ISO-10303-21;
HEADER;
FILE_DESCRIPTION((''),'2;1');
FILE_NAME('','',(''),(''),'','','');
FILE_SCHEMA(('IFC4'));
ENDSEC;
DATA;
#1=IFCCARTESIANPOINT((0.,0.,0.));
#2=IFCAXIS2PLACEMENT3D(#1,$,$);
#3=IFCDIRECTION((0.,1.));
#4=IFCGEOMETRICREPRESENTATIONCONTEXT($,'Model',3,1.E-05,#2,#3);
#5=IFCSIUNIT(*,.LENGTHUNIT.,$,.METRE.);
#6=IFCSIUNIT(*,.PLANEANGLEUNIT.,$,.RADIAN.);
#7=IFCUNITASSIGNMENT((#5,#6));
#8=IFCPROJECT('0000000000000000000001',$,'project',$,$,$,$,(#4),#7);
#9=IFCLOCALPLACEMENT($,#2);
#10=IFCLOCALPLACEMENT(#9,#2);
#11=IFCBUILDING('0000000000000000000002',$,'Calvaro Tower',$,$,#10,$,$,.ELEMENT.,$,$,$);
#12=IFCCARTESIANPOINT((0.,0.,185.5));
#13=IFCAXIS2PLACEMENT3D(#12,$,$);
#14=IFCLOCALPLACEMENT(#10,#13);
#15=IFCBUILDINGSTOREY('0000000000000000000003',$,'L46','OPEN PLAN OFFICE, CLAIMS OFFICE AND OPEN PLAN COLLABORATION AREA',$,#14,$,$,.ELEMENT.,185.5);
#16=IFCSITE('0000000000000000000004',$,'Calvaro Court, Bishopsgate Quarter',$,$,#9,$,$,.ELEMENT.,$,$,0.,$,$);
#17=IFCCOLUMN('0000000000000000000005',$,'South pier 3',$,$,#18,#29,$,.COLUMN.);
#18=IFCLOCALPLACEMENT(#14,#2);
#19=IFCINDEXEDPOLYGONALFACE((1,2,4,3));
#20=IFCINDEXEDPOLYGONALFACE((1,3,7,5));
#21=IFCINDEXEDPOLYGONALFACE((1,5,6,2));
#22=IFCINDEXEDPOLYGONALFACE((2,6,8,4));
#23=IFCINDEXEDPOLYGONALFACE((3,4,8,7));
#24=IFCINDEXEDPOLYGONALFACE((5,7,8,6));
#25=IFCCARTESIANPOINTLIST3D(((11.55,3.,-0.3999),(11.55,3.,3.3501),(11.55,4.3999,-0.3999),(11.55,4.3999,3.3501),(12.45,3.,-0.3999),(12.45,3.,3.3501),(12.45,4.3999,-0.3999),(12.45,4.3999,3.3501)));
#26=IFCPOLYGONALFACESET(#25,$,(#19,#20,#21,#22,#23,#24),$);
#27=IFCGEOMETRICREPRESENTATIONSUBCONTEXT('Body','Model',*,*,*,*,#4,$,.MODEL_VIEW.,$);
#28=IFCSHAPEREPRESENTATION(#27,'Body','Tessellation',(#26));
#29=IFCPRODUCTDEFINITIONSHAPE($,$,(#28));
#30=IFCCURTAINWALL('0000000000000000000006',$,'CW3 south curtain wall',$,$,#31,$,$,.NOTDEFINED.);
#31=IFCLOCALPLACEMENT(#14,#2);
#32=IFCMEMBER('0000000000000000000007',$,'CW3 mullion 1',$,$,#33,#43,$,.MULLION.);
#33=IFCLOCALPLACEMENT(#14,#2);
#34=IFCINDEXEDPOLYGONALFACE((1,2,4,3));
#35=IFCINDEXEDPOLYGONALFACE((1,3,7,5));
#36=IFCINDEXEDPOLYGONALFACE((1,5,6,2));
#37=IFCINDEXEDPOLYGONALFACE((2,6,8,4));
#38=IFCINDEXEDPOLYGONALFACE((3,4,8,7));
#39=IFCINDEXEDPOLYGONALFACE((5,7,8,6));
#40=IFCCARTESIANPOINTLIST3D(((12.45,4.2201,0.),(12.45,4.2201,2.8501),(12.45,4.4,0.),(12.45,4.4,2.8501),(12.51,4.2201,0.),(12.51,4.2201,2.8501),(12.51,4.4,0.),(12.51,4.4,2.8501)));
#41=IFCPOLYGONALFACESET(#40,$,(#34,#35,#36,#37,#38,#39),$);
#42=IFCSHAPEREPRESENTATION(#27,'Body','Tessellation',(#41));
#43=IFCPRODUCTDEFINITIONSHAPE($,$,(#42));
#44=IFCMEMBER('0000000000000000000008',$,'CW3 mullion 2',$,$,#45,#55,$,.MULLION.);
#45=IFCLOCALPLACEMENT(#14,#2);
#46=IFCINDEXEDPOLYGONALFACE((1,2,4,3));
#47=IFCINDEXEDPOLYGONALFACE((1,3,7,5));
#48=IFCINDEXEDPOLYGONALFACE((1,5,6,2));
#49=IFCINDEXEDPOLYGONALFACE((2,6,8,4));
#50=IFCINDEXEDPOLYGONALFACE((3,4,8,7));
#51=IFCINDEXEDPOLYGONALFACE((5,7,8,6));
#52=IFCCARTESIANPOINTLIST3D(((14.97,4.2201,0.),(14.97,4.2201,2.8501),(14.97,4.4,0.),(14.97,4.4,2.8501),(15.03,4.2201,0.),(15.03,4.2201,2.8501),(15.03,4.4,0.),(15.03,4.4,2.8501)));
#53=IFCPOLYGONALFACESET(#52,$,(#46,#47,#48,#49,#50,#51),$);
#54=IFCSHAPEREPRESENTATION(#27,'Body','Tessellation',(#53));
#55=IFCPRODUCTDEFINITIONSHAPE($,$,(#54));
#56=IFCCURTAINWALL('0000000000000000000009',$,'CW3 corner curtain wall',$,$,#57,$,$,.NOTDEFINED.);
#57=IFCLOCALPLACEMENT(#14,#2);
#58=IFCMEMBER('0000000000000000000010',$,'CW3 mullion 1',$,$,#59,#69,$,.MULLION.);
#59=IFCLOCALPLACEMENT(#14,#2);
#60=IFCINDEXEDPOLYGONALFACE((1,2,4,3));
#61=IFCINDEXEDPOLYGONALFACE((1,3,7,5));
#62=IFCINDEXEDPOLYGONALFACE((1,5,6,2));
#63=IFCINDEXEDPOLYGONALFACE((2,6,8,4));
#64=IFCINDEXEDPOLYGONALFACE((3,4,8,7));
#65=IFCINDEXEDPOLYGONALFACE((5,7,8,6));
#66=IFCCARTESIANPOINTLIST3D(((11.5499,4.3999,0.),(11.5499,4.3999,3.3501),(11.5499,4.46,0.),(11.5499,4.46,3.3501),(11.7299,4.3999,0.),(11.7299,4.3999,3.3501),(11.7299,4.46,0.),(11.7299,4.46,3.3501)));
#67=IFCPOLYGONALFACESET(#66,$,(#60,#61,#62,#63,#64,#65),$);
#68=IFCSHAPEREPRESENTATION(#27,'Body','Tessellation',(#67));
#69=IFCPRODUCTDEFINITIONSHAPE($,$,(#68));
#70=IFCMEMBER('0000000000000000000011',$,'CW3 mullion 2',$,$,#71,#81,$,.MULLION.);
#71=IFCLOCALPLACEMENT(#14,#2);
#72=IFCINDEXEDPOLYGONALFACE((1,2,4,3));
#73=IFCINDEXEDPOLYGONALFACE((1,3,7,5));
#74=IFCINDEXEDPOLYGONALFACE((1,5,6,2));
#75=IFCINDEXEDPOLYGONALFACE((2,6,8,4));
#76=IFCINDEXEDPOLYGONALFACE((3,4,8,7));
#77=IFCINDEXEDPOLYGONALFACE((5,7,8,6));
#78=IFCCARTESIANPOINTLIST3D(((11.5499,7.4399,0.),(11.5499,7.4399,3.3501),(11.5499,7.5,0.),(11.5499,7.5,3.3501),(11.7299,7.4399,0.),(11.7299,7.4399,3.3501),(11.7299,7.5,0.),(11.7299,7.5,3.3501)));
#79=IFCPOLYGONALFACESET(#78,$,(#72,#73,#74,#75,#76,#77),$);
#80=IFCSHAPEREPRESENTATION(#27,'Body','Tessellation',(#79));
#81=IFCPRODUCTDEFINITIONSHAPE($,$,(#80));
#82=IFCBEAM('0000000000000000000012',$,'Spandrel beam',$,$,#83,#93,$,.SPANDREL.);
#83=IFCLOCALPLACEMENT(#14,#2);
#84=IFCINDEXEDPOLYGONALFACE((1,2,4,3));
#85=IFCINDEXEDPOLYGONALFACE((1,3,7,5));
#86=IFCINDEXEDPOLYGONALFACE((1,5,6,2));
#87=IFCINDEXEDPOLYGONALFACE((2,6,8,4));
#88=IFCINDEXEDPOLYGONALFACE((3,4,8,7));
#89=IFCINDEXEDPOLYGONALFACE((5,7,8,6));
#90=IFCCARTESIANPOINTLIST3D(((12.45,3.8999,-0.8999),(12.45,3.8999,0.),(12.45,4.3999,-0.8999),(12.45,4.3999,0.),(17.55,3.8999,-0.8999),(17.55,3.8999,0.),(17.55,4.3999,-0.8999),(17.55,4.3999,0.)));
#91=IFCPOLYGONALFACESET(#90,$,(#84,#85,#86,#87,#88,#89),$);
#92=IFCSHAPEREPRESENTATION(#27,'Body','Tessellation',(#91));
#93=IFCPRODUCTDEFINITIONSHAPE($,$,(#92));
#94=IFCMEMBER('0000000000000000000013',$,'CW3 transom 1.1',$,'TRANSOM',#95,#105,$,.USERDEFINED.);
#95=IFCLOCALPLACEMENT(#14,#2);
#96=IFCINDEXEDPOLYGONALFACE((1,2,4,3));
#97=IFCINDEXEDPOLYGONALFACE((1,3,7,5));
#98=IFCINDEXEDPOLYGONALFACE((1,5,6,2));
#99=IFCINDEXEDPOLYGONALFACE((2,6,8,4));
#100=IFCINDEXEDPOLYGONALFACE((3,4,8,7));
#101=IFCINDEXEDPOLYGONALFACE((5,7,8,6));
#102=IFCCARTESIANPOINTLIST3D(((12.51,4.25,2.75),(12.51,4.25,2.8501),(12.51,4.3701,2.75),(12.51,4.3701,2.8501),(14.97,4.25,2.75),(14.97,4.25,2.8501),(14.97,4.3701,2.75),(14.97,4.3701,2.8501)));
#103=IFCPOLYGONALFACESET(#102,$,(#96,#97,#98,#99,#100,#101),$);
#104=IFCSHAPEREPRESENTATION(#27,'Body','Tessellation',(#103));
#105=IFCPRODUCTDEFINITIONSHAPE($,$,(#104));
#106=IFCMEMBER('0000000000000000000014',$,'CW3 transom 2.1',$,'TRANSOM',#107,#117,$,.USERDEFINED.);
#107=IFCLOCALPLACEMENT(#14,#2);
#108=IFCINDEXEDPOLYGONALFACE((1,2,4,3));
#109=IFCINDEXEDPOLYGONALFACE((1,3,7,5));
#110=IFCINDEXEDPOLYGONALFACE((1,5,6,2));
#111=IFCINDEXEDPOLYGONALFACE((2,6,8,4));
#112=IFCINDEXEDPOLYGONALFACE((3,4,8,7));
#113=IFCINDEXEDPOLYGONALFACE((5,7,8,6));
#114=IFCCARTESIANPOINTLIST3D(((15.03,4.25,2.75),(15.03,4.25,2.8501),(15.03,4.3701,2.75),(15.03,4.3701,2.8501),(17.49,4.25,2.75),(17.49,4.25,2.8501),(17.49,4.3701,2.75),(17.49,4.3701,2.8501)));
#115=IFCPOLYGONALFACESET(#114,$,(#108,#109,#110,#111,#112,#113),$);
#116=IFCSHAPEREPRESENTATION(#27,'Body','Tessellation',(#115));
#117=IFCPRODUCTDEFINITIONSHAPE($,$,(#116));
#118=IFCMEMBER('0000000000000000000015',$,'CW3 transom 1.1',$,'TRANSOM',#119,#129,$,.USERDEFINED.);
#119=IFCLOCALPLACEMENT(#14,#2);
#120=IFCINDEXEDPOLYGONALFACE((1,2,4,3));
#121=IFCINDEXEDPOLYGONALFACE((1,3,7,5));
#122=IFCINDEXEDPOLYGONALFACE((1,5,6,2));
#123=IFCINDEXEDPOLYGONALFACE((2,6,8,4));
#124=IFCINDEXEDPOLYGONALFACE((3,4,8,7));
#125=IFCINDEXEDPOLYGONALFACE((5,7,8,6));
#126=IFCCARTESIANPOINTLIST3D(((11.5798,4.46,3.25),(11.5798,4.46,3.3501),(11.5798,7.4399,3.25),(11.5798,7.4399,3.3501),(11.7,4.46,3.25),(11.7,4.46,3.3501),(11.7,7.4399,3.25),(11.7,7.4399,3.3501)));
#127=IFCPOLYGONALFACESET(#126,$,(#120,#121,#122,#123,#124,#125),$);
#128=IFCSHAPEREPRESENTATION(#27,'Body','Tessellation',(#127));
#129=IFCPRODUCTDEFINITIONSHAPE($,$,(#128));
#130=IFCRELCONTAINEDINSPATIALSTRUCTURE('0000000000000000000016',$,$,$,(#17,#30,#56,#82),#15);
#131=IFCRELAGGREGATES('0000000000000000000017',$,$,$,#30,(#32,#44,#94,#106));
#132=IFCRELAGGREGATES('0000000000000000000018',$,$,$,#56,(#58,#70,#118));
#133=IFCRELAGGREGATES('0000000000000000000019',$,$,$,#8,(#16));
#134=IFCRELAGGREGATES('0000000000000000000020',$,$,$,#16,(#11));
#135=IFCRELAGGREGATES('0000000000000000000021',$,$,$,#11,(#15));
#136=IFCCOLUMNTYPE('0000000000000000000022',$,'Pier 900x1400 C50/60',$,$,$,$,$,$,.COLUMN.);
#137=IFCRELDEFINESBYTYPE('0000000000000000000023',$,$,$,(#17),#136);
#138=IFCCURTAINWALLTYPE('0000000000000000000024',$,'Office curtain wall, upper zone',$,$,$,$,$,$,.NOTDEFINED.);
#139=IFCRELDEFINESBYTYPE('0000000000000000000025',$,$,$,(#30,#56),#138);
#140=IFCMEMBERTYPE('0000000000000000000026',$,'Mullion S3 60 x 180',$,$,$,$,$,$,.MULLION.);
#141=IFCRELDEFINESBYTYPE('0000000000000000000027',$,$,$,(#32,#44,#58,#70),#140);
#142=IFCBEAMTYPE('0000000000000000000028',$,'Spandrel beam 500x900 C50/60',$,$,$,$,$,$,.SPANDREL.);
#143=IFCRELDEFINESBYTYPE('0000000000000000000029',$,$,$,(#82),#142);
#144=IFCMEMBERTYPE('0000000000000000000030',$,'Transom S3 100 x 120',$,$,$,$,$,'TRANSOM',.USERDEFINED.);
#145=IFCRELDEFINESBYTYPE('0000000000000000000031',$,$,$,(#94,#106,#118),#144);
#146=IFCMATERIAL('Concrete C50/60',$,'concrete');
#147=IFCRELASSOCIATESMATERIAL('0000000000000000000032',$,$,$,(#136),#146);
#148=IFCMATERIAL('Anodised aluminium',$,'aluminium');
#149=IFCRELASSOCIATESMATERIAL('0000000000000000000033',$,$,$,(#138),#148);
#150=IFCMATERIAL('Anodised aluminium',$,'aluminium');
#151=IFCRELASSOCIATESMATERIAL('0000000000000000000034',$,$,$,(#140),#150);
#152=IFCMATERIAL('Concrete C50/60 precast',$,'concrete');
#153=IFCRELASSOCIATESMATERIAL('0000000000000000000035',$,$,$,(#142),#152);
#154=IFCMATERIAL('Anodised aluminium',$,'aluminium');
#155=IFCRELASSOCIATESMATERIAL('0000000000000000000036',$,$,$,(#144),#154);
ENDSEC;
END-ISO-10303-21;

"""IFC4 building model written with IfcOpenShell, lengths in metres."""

from ifc_helpers import new_model, si_unit, direction, frame, origin, origin_2d, place, context, subcontext, project, spatial, rectangle, extrude, material, material_profile, profile_set, type_object, element, aggregate, save


model = new_model("IFC4")

# Units and contexts
model_context = context("Model", 3, precision=1e-05, world=origin(), true_north=direction((0.0, 1.0)))
body_context = subcontext(model_context, "Body", "Model", "MODEL_VIEW")
ifc_project = project(units=[si_unit("LENGTHUNIT", "METRE"), si_unit("PLANEANGLEUNIT", "RADIAN")], contexts=[model_context])

# Site, building, storey
site_placement = place(None, origin())
site = spatial("IfcSite", under=ifc_project, at=site_placement, Name="Calvaro Court, Bishopsgate Quarter", CompositionType="ELEMENT", RefElevation=0.0)
building_placement = place(site_placement, origin())
building = spatial("IfcBuilding", under=site, at=building_placement, Name="Calvaro Tower", CompositionType="ELEMENT")
storey_placement = place(building_placement, frame((0.0, 0.0, 185.5)))
storey = spatial("IfcBuildingStorey", under=building, at=storey_placement, Name="L46", Description="OPEN PLAN OFFICE, CLAIMS OFFICE AND OPEN PLAN COLLABORATION AREA", CompositionType="ELEMENT", Elevation=185.5)

# Column
ifc_material_1 = material(Name="Concrete C50/60", Category="concrete")
ifc_material_profile_1 = material_profile(ifc_material_1, rectangle(XDim=0.8999, YDim=1.3999, at=origin_2d()), Name="RC 900x1400")
ifc_profile_set_1 = profile_set([ifc_material_profile_1], Name="Concrete C50/60")
column_type = type_object("IfcColumnType", Name="Pier 900x1400 C50/60", PredefinedType="COLUMN", material=ifc_profile_set_1)
column_placement = place(storey_placement, frame((12.0, 3.7, -0.3999), z_axis=(0.0, 0.0, 1.0), x_axis=(1.0, 0.0, 0.0)))
element("IfcColumn", 1, at=column_placement, inside=storey, type_object=column_type, Name="South pier 3", PredefinedType="COLUMN", context=body_context, shape_type="SweptSolid", body=[
    extrude(rectangle(XDim=0.8999, YDim=1.3999, at=origin_2d()), origin(), (0.0, 0.0, 1.0), 3.75),
])

# Curtain walls, members
ifc_material_2 = material(Name="Anodised aluminium", Category="aluminium")
curtain_wall_type = type_object("IfcCurtainWallType", Name="Office curtain wall, upper zone", PredefinedType="NOTDEFINED", material=ifc_material_2)
curtain_wall_1_placement = place(storey_placement, origin())
curtain_wall_1 = element("IfcCurtainWall", 2, at=curtain_wall_1_placement, inside=storey, type_object=curtain_wall_type, Name="CW3 south curtain wall", PredefinedType="NOTDEFINED")
ifc_material_3 = material(Name="Anodised aluminium", Category="aluminium")
ifc_material_profile_2 = material_profile(ifc_material_3, rectangle(XDim=0.1799, YDim=0.0601, at=origin_2d()), Name="Mullion S3 60 x 180")
ifc_profile_set_2 = profile_set([ifc_material_profile_2], Name="Anodised aluminium")
member_type_1 = type_object("IfcMemberType", Name="Mullion S3 60 x 180", PredefinedType="MULLION", material=ifc_profile_set_2)
member_1_placement = place(storey_placement, frame((12.48, 4.3101, 0.0), z_axis=(0.0, 0.0, 1.0), x_axis=(0.0, 1.0, 0.0)))
member_1 = element("IfcMember", 3, at=member_1_placement, type_object=member_type_1, Name="CW3 mullion 1", PredefinedType="MULLION", context=body_context, shape_type="SweptSolid", body=[
    extrude(rectangle(XDim=0.1799, YDim=0.0601, at=origin_2d()), origin(), (0.0, 0.0, 1.0), 2.8501),
])
member_2_placement = place(storey_placement, frame((15.0, 4.3101, 0.0), z_axis=(0.0, 0.0, 1.0), x_axis=(0.0, 1.0, 0.0)))
member_2 = element("IfcMember", 4, at=member_2_placement, type_object=member_type_1, Name="CW3 mullion 2", PredefinedType="MULLION", context=body_context, shape_type="SweptSolid", body=[
    extrude(rectangle(XDim=0.1799, YDim=0.0601, at=origin_2d()), origin(), (0.0, 0.0, 1.0), 2.8501),
])
curtain_wall_2_placement = place(storey_placement, origin())
curtain_wall_2 = element("IfcCurtainWall", 5, at=curtain_wall_2_placement, inside=storey, type_object=curtain_wall_type, Name="CW3 corner curtain wall", PredefinedType="NOTDEFINED")
member_3_placement = place(storey_placement, frame((11.6399, 4.4299, 0.0), z_axis=(0.0, 0.0, 1.0), x_axis=(-1.0, 0.0, 0.0)))
member_3 = element("IfcMember", 6, at=member_3_placement, type_object=member_type_1, Name="CW3 mullion 1", PredefinedType="MULLION", context=body_context, shape_type="SweptSolid", body=[
    extrude(rectangle(XDim=0.1799, YDim=0.0601, at=origin_2d()), origin(), (0.0, 0.0, 1.0), 3.3501),
])
member_4_placement = place(storey_placement, frame((11.6399, 7.47, 0.0), z_axis=(0.0, 0.0, 1.0), x_axis=(-1.0, 0.0, 0.0)))
member_4 = element("IfcMember", 7, at=member_4_placement, type_object=member_type_1, Name="CW3 mullion 2", PredefinedType="MULLION", context=body_context, shape_type="SweptSolid", body=[
    extrude(rectangle(XDim=0.1799, YDim=0.0601, at=origin_2d()), origin(), (0.0, 0.0, 1.0), 3.3501),
])

# Beam
ifc_material_4 = material(Name="Concrete C50/60 precast", Category="concrete")
ifc_material_profile_3 = material_profile(ifc_material_4, rectangle(XDim=0.5, YDim=0.8999, at=origin_2d()), Name="RC 500x900")
ifc_profile_set_3 = profile_set([ifc_material_profile_3], Name="Concrete C50/60 precast")
beam_type = type_object("IfcBeamType", Name="Spandrel beam 500x900 C50/60", PredefinedType="SPANDREL", material=ifc_profile_set_3)
beam_placement = place(storey_placement, frame((12.45, 4.1499, -0.45), z_axis=(1.0, 0.0, 0.0), x_axis=(0.0, 1.0, 0.0)))
element("IfcBeam", 8, at=beam_placement, inside=storey, type_object=beam_type, Name="Spandrel beam", PredefinedType="SPANDREL", context=body_context, shape_type="SweptSolid", body=[
    extrude(rectangle(XDim=0.5, YDim=0.8999, at=origin_2d()), origin(), (0.0, 0.0, 1.0), 5.1001),
])

# Members
ifc_material_5 = material(Name="Anodised aluminium", Category="aluminium")
ifc_material_profile_4 = material_profile(ifc_material_5, rectangle(XDim=0.1201, YDim=0.1001, at=origin_2d()), Name="Transom S3 100 x 120")
ifc_profile_set_4 = profile_set([ifc_material_profile_4], Name="Anodised aluminium")
member_type_2 = type_object("IfcMemberType", Name="Transom S3 100 x 120", ElementType="TRANSOM", PredefinedType="USERDEFINED", material=ifc_profile_set_4)
member_5_placement = place(storey_placement, frame((12.51, 4.3101, 2.8), z_axis=(1.0, 0.0, 0.0), x_axis=(0.0, 1.0, 0.0)))
member_5 = element("IfcMember", 9, at=member_5_placement, type_object=member_type_2, Name="CW3 transom 1.1", ObjectType="TRANSOM", PredefinedType="USERDEFINED", context=body_context, shape_type="SweptSolid", body=[
    extrude(rectangle(XDim=0.1201, YDim=0.1001, at=origin_2d()), origin(), (0.0, 0.0, 1.0), 2.46),
])
member_6_placement = place(storey_placement, frame((15.03, 4.3101, 2.8), z_axis=(1.0, 0.0, 0.0), x_axis=(0.0, 1.0, 0.0)))
member_6 = element("IfcMember", 10, at=member_6_placement, type_object=member_type_2, Name="CW3 transom 2.1", ObjectType="TRANSOM", PredefinedType="USERDEFINED", context=body_context, shape_type="SweptSolid", body=[
    extrude(rectangle(XDim=0.1201, YDim=0.1001, at=origin_2d()), origin(), (0.0, 0.0, 1.0), 2.46),
])
member_7_placement = place(storey_placement, frame((11.6399, 4.46, 3.3), z_axis=(0.0, 1.0, 0.0), x_axis=(-1.0, 0.0, 0.0)))
member_7 = element("IfcMember", 11, at=member_7_placement, type_object=member_type_2, Name="CW3 transom 1.1", ObjectType="TRANSOM", PredefinedType="USERDEFINED", context=body_context, shape_type="SweptSolid", body=[
    extrude(rectangle(XDim=0.1201, YDim=0.1001, at=origin_2d()), origin(), (0.0, 0.0, 1.0), 2.98),
])

aggregate(curtain_wall_1, [member_1, member_2, member_5, member_6])
aggregate(curtain_wall_2, [member_3, member_4, member_7])

save(model, "model.ifc")
